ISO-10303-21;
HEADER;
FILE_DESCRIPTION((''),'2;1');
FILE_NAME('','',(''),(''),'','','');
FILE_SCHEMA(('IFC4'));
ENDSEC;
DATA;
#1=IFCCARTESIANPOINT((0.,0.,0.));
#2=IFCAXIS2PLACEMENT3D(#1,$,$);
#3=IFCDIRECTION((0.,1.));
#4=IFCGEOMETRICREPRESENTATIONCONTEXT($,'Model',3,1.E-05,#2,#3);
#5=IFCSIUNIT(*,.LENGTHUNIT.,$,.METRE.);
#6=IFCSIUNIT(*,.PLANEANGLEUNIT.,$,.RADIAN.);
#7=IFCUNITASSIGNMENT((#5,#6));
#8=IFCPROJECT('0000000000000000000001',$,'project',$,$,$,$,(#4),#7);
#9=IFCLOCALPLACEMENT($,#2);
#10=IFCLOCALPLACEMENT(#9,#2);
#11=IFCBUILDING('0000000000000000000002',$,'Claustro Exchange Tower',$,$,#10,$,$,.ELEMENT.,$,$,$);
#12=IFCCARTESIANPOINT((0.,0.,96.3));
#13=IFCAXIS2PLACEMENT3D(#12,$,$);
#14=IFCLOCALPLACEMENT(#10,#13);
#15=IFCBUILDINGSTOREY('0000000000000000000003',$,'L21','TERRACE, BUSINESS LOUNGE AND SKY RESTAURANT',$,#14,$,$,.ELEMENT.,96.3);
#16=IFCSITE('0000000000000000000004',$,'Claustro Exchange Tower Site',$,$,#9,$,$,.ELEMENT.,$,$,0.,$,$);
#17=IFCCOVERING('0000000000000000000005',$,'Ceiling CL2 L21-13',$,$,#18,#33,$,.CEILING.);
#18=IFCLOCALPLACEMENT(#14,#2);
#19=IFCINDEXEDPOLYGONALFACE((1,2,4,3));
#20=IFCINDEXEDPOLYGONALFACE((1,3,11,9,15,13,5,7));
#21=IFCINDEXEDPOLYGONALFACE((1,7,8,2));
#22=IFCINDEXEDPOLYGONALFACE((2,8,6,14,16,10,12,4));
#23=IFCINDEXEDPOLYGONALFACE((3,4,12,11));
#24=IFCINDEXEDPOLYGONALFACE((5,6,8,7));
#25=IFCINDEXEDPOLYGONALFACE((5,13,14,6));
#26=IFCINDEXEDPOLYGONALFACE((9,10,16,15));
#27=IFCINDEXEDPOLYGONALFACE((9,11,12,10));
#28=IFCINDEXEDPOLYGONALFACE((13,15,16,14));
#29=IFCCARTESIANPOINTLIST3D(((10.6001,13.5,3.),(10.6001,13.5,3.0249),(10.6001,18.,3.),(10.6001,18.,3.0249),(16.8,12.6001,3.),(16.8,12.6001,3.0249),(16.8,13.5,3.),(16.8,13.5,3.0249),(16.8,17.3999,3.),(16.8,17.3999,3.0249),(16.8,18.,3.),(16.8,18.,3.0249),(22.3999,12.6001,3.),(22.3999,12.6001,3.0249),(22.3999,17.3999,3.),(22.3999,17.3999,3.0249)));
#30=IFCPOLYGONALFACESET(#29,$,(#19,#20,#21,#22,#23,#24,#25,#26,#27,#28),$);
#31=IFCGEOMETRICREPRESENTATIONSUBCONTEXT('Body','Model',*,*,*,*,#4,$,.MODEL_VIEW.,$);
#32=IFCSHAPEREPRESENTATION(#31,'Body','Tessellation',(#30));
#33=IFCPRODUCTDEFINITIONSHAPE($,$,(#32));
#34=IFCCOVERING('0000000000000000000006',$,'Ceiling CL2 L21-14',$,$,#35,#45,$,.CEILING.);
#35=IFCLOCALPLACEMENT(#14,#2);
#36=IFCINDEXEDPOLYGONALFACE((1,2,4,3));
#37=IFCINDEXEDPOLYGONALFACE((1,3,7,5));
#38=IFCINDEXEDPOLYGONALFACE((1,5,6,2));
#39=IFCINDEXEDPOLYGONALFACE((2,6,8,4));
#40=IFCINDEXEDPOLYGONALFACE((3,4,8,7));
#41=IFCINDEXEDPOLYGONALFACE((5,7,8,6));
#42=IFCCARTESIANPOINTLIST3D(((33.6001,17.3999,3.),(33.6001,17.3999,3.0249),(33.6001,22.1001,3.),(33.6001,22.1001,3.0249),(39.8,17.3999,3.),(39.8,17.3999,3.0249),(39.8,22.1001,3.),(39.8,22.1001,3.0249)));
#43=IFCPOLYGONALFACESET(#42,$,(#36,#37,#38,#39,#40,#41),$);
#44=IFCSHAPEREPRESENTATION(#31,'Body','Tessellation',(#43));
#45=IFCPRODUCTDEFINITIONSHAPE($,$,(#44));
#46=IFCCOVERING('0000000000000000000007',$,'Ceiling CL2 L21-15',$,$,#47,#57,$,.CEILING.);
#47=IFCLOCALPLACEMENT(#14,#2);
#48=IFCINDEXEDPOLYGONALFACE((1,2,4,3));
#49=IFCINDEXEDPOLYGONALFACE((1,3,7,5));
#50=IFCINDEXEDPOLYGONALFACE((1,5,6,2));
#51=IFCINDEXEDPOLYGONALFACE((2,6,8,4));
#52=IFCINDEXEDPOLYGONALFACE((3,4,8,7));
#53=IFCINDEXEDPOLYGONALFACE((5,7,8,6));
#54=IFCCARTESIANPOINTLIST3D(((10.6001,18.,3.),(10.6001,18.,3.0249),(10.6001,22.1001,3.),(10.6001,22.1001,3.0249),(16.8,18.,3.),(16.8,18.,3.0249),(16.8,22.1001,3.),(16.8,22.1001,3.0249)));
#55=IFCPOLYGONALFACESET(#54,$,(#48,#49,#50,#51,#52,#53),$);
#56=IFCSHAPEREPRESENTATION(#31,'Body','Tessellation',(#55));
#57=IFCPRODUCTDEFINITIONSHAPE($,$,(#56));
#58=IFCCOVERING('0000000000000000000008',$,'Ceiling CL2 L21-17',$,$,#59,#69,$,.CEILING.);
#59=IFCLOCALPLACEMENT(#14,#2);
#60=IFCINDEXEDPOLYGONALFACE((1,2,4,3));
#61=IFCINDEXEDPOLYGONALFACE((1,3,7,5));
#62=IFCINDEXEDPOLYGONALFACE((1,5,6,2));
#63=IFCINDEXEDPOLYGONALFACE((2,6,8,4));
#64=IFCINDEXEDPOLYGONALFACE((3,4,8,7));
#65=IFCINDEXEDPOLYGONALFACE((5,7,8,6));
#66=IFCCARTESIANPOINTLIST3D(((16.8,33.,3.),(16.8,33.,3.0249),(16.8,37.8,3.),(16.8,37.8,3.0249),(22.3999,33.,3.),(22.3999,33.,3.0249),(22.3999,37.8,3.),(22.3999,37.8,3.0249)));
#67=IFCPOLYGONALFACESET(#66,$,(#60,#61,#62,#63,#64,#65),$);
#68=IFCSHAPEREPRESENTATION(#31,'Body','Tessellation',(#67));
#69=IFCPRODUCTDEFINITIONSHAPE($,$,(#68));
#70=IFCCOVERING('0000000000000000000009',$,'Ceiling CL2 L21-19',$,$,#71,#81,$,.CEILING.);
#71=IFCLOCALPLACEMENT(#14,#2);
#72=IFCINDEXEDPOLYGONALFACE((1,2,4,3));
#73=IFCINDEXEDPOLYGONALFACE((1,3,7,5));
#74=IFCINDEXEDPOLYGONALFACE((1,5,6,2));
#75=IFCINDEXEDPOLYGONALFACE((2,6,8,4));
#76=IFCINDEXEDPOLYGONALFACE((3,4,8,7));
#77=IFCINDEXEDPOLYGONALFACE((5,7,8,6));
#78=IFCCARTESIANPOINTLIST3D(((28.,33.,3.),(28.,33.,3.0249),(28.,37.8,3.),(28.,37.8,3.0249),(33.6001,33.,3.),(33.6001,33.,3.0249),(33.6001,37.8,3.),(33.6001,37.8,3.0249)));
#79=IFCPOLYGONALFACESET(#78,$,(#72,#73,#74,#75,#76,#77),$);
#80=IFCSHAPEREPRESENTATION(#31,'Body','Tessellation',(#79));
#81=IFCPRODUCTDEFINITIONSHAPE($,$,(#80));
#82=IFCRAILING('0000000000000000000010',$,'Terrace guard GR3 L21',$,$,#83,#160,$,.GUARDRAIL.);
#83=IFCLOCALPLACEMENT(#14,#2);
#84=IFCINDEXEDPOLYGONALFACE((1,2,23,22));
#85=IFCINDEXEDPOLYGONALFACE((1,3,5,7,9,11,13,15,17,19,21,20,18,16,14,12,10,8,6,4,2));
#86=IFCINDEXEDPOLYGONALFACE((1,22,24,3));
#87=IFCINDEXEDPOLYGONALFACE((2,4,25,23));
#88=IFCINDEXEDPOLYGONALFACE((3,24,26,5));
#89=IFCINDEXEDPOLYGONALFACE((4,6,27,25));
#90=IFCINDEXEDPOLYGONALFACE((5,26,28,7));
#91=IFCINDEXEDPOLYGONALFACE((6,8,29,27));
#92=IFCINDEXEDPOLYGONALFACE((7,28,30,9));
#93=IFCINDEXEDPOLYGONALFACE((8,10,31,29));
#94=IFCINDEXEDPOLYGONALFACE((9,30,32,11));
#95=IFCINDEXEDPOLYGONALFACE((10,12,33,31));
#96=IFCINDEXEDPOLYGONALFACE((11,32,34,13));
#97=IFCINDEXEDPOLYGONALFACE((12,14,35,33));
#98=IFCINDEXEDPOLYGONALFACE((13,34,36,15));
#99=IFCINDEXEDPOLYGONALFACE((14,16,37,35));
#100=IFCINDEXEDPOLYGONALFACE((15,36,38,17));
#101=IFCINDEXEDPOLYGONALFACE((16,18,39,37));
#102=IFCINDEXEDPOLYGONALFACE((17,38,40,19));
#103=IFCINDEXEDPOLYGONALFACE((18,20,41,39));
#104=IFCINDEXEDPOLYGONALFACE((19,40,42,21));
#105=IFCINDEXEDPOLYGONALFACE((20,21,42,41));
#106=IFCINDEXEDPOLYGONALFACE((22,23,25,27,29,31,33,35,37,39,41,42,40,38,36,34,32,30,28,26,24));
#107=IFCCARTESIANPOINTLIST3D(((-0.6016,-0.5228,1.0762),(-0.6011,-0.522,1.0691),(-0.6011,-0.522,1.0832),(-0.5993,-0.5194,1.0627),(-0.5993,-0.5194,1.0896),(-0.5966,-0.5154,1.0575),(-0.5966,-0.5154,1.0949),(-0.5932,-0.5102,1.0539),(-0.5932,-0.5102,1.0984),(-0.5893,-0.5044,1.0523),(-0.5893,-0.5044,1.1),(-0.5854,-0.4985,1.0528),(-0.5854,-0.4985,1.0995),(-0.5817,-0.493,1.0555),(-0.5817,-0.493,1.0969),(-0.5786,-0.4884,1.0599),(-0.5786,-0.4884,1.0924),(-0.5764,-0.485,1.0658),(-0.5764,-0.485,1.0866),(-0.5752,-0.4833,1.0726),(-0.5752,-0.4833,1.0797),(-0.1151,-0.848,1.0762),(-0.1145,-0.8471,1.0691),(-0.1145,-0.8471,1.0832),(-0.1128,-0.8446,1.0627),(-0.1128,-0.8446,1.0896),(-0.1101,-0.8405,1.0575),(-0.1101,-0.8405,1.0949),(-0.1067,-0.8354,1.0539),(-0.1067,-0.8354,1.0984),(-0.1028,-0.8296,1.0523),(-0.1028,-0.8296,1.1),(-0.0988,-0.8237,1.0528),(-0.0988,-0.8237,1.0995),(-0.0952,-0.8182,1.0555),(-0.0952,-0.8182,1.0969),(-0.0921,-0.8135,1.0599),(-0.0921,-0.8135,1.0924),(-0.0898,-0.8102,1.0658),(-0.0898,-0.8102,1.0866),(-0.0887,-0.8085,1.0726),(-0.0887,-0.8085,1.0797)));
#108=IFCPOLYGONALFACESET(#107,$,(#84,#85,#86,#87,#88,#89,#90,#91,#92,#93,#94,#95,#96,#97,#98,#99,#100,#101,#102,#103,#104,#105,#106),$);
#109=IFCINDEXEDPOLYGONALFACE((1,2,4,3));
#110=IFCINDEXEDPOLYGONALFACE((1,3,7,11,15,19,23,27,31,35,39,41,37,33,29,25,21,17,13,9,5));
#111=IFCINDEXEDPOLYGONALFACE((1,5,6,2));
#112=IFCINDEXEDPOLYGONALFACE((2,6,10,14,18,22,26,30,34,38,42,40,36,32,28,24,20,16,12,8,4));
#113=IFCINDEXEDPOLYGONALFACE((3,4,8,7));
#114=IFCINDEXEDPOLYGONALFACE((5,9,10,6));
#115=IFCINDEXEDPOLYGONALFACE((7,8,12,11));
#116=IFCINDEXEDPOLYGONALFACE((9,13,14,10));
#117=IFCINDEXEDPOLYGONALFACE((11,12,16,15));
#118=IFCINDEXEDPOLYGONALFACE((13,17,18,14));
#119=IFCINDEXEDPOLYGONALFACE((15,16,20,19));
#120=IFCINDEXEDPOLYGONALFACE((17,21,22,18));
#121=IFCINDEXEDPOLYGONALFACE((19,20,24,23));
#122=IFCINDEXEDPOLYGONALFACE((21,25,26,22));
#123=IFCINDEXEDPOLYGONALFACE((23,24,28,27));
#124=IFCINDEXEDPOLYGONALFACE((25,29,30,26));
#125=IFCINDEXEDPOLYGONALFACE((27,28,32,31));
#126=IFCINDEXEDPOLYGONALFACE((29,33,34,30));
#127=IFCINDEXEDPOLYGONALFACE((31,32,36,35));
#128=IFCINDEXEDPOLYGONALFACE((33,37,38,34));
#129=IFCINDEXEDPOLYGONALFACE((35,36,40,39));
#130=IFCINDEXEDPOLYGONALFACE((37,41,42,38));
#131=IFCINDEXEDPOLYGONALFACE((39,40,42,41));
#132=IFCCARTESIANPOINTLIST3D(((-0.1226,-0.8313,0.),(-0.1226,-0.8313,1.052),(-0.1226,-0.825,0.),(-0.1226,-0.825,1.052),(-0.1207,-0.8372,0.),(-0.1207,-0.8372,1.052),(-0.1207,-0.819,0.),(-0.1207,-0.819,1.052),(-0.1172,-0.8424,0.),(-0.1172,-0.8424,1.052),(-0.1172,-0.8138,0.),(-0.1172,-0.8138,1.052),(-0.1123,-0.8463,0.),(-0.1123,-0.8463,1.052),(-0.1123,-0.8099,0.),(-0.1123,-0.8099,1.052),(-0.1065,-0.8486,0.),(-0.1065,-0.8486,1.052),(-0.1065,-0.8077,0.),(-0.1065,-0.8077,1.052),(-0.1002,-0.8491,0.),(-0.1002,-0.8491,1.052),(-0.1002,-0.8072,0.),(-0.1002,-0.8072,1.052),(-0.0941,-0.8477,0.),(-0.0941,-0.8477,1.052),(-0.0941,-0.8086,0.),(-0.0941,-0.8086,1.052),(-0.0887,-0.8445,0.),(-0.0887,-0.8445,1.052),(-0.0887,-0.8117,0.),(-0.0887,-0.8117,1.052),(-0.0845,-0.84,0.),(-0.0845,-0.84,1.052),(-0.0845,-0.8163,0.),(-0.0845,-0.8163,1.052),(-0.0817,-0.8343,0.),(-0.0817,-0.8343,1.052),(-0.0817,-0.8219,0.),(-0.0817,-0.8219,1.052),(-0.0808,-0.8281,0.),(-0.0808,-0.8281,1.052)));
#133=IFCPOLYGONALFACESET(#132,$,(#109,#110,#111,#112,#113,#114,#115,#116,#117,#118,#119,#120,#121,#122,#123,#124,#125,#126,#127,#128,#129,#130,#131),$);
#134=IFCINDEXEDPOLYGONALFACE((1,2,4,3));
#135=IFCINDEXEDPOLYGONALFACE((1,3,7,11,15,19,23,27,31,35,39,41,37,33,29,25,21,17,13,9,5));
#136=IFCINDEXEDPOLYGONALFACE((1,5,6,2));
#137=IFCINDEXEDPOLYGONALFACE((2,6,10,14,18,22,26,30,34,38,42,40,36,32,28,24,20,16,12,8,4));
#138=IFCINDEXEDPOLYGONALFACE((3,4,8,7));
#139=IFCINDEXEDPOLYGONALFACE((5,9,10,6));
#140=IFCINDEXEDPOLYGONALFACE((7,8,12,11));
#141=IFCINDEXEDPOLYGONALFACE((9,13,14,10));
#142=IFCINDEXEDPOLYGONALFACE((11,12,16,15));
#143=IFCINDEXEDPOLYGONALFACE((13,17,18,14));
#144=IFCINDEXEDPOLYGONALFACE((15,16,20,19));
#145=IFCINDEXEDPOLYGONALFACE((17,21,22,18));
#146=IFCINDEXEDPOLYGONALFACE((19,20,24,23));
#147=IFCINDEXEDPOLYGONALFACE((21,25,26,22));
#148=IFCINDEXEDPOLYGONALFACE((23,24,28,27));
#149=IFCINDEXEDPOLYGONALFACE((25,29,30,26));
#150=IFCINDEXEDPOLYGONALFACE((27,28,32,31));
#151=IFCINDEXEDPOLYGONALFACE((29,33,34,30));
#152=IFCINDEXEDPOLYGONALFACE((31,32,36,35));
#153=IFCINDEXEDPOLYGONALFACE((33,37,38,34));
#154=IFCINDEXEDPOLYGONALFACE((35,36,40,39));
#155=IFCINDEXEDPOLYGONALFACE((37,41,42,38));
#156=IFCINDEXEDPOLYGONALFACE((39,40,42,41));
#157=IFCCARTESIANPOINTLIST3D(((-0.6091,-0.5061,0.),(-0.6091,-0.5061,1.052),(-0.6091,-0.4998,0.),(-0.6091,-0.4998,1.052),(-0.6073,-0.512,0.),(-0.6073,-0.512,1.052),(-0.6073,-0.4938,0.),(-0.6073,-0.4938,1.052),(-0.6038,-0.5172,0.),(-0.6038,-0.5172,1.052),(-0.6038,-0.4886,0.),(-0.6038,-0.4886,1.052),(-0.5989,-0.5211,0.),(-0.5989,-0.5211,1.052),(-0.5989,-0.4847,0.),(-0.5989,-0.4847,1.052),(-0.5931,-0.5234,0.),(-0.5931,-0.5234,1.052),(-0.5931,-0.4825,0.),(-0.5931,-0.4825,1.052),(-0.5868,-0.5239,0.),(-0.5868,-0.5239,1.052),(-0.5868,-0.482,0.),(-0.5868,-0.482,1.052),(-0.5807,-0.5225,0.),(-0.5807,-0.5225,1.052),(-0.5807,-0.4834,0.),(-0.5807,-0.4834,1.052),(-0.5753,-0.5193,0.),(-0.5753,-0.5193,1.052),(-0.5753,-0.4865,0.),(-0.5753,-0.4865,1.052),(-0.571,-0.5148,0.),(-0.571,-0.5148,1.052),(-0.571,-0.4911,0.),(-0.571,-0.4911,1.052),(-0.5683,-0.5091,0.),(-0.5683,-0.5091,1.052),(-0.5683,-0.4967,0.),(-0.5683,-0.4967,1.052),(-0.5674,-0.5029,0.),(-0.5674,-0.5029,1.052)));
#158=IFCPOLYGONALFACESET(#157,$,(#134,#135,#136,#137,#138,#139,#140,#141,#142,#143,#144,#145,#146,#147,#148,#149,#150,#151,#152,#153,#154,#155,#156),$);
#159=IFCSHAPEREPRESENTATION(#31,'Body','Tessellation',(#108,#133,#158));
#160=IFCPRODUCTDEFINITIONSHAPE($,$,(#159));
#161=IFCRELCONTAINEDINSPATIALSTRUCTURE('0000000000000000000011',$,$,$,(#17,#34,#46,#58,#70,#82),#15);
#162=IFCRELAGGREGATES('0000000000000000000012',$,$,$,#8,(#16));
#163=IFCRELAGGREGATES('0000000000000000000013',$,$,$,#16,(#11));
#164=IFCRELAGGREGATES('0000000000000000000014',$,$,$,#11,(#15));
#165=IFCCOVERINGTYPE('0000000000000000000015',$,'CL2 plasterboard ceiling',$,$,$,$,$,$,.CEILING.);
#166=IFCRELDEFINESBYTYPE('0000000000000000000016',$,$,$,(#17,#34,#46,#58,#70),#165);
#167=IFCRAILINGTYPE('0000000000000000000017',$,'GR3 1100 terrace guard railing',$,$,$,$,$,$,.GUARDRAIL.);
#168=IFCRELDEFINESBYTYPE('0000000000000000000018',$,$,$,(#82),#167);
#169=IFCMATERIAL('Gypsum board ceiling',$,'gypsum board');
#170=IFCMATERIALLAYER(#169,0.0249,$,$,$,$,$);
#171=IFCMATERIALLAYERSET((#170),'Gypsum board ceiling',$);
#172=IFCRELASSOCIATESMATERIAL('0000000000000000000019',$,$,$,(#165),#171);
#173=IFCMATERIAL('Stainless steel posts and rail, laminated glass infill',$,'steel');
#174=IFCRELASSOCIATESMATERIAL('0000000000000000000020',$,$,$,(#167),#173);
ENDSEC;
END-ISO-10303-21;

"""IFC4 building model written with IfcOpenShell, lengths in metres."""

from ifc_helpers import new_model, si_unit, direction, frame, origin, origin_2d, place, context, subcontext, project, spatial, polyline, circle, outline, extrude, material, layer, layer_set, type_object, element, save


model = new_model("IFC4")

# Units and contexts
model_context = context("Model", 3, precision=1e-05, world=origin(), true_north=direction((0.0, 1.0)))
body_context = subcontext(model_context, "Body", "Model", "MODEL_VIEW")
ifc_project = project(units=[si_unit("LENGTHUNIT", "METRE"), si_unit("PLANEANGLEUNIT", "RADIAN")], contexts=[model_context])

# Site, building, storey
site_placement = place(None, origin())
site = spatial("IfcSite", under=ifc_project, at=site_placement, Name="Claustro Exchange Tower Site", CompositionType="ELEMENT", RefElevation=0.0)
building_placement = place(site_placement, origin())
building = spatial("IfcBuilding", under=site, at=building_placement, Name="Claustro Exchange Tower", CompositionType="ELEMENT")
storey_placement = place(building_placement, frame((0.0, 0.0, 96.3)))
storey = spatial("IfcBuildingStorey", under=building, at=storey_placement, Name="L21", Description="TERRACE, BUSINESS LOUNGE AND SKY RESTAURANT", CompositionType="ELEMENT", Elevation=96.3)

# Coverings
ifc_material_1 = material(Name="Gypsum board ceiling", Category="gypsum board")
ifc_layer_1 = layer(ifc_material_1, 0.0249)
ifc_layer_set_1 = layer_set([ifc_layer_1], Name="Gypsum board ceiling")
covering_type_1 = type_object("IfcCoveringType", Name="CL2 plasterboard ceiling", PredefinedType="CEILING", material=ifc_layer_set_1)
covering_1_placement = place(storey_placement, frame((0.0, 0.0, 3.0)))
element("IfcCovering", 1, at=covering_1_placement, inside=storey, type_object=covering_type_1, Name="Ceiling CL2 L21-13", PredefinedType="CEILING", context=body_context, shape_type="SweptSolid", body=[
    extrude(outline(polyline([(10.6001, 18.0), (10.6001, 13.5), (16.8, 13.5), (16.8, 12.6001), (22.3999, 12.6001), (22.3999, 17.3999), (16.8, 17.3999), (16.8, 18.0), (10.6001, 18.0)])), origin(), (0.0, 0.0, 1.0), 0.0249),
])
covering_2_placement = place(storey_placement, frame((0.0, 0.0, 3.0)))
element("IfcCovering", 2, at=covering_2_placement, inside=storey, type_object=covering_type_1, Name="Ceiling CL2 L21-14", PredefinedType="CEILING", context=body_context, shape_type="SweptSolid", body=[
    extrude(outline(polyline([(39.8, 17.3999), (39.8, 22.1001), (33.6001, 22.1001), (33.6001, 17.3999), (39.8, 17.3999)])), origin(), (0.0, 0.0, 1.0), 0.0249),
])
covering_3_placement = place(storey_placement, frame((0.0, 0.0, 3.0)))
element("IfcCovering", 3, at=covering_3_placement, inside=storey, type_object=covering_type_1, Name="Ceiling CL2 L21-15", PredefinedType="CEILING", context=body_context, shape_type="SweptSolid", body=[
    extrude(outline(polyline([(16.8, 18.0), (16.8, 22.1001), (10.6001, 22.1001), (10.6001, 18.0), (16.8, 18.0)])), origin(), (0.0, 0.0, 1.0), 0.0249),
])
covering_4_placement = place(storey_placement, frame((0.0, 0.0, 3.0)))
element("IfcCovering", 4, at=covering_4_placement, inside=storey, type_object=covering_type_1, Name="Ceiling CL2 L21-17", PredefinedType="CEILING", context=body_context, shape_type="SweptSolid", body=[
    extrude(outline(polyline([(16.8, 33.0), (22.3999, 33.0), (22.3999, 37.8), (16.8, 37.8), (16.8, 33.0)])), origin(), (0.0, 0.0, 1.0), 0.0249),
])
covering_5_placement = place(storey_placement, frame((0.0, 0.0, 3.0)))
element("IfcCovering", 5, at=covering_5_placement, inside=storey, type_object=covering_type_1, Name="Ceiling CL2 L21-19", PredefinedType="CEILING", context=body_context, shape_type="SweptSolid", body=[
    extrude(outline(polyline([(33.6001, 33.0), (33.6001, 37.8), (28.0, 37.8), (28.0, 33.0), (33.6001, 33.0)])), origin(), (0.0, 0.0, 1.0), 0.0249),
])

# Railing
ifc_material_2 = material(Name="Stainless steel posts and rail, laminated glass infill", Category="steel")
railing_type = type_object("IfcRailingType", Name="GR3 1100 terrace guard railing", PredefinedType="GUARDRAIL", material=ifc_material_2)
railing_1_placement = place(storey_placement, frame((-0.1018, -0.8281, 0.0)))
element("IfcRailing", 6, at=railing_1_placement, inside=storey, type_object=railing_type, Name="Terrace guard GR3 L21", PredefinedType="GUARDRAIL", context=body_context, shape_type="SweptSolid", body=[
    extrude(circle(Radius=0.0239, at=origin_2d()), frame((0.0, 0.0, 1.0762), z_axis=(-0.831408, 0.555663, 0.0), x_axis=(-0.555663, -0.831408, 0.0)), (0.0, 0.0, 1.0), 0.5852),
    extrude(circle(Radius=0.021, at=origin_2d()), origin(), (0.0, 0.0, 1.0), 1.052),
    extrude(circle(Radius=0.021, at=origin_2d()), frame((-0.4866, 0.3252, 0.0)), (0.0, 0.0, 1.0), 1.052),
])

save(model, "model.ifc")
